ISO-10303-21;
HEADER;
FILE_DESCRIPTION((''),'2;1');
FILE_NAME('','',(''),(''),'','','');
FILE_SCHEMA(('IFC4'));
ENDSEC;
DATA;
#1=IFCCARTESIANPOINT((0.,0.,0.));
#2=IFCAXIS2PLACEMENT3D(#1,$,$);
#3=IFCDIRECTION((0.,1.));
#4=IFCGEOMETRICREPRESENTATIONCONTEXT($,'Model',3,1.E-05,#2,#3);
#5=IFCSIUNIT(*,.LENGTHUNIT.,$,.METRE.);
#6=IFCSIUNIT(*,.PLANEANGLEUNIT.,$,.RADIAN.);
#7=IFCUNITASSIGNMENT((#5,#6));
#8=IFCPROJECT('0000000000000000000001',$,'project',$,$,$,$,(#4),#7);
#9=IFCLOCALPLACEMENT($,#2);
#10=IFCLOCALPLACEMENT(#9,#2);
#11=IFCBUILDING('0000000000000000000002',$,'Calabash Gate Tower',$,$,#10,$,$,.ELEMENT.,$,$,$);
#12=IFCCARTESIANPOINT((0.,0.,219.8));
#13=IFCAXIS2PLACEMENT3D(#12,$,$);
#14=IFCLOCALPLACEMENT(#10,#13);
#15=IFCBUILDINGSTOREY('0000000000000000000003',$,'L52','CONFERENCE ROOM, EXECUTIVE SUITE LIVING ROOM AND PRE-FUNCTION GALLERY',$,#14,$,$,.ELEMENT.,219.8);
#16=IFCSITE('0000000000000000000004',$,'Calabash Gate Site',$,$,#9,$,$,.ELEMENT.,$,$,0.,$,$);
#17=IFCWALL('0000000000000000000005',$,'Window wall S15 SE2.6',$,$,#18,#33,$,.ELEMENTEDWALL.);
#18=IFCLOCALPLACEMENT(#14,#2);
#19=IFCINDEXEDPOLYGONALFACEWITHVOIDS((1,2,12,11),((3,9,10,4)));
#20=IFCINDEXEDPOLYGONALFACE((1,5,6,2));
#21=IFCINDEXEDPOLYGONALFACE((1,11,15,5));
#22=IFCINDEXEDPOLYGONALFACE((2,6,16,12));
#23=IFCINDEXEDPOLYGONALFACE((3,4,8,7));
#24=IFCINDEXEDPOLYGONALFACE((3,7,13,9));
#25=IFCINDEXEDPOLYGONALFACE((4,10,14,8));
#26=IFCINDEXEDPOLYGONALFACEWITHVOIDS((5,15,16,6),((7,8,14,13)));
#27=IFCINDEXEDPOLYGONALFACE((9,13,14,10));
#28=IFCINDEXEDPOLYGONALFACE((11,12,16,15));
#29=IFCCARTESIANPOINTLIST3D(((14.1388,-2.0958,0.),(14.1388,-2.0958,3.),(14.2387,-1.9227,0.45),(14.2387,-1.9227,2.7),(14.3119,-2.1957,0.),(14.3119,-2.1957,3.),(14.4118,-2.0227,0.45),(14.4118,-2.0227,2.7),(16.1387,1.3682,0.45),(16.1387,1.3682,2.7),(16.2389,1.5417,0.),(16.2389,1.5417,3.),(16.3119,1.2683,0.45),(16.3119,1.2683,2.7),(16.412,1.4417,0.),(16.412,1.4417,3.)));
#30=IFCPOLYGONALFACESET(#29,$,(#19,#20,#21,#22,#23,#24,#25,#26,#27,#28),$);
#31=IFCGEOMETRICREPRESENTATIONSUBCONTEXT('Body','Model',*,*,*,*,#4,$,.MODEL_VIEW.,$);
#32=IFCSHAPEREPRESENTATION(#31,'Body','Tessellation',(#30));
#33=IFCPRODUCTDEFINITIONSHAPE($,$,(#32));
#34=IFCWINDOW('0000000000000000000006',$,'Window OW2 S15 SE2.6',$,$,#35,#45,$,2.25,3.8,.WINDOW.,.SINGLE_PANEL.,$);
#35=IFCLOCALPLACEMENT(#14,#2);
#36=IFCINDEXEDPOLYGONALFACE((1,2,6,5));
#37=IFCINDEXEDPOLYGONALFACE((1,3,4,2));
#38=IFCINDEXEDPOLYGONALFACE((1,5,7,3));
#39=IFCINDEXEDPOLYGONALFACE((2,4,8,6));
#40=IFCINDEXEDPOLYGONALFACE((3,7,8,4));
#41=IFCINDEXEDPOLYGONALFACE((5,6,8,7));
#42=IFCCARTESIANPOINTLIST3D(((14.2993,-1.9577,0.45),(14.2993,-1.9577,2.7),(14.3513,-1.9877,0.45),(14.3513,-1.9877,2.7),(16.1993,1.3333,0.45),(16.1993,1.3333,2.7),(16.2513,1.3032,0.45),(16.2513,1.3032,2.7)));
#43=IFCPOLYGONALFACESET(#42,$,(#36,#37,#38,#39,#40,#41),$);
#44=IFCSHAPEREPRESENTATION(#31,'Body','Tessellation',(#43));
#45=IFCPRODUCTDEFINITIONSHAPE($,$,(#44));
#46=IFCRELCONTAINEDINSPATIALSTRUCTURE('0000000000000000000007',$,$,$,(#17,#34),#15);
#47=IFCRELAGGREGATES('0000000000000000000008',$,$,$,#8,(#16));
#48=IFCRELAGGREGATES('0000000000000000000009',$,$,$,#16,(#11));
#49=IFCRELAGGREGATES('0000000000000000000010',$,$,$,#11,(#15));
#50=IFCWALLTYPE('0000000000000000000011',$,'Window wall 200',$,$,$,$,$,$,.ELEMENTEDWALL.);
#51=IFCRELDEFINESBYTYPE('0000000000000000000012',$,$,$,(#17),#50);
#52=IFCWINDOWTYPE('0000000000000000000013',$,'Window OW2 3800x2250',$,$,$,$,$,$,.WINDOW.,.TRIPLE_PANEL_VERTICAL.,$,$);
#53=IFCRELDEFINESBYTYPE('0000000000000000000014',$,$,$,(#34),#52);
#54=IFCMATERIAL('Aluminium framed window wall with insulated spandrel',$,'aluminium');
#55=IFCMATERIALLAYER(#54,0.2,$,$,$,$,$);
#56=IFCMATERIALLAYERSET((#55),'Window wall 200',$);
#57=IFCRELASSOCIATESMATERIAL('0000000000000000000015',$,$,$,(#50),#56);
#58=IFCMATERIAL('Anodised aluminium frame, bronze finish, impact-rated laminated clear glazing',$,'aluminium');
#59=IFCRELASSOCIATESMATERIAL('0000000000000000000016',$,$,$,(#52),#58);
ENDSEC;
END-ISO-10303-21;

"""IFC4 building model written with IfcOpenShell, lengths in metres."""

from ifc_helpers import new_model, si_unit, direction, frame, frame_2d, origin, place, context, subcontext, project, spatial, rectangle, extrude, material, layer, layer_set, type_object, element, fill, save


model = new_model("IFC4")

# Units and contexts
model_context = context("Model", 3, precision=1e-05, world=origin(), true_north=direction((0.0, 1.0)))
body_context = subcontext(model_context, "Body", "Model", "MODEL_VIEW")
ifc_project = project(units=[si_unit("LENGTHUNIT", "METRE"), si_unit("PLANEANGLEUNIT", "RADIAN")], contexts=[model_context])

# Site, building, storey
site_placement = place(None, origin())
site = spatial("IfcSite", under=ifc_project, at=site_placement, Name="Calabash Gate Site", CompositionType="ELEMENT", RefElevation=0.0)
building_placement = place(site_placement, origin())
building = spatial("IfcBuilding", under=site, at=building_placement, Name="Calabash Gate Tower", CompositionType="ELEMENT")
storey_placement = place(building_placement, frame((0.0, 0.0, 219.8)))
storey = spatial("IfcBuildingStorey", under=building, at=storey_placement, Name="L52", Description="CONFERENCE ROOM, EXECUTIVE SUITE LIVING ROOM AND PRE-FUNCTION GALLERY", CompositionType="ELEMENT", Elevation=219.8)

# Shared definitions
ifc_material_1 = material(Name="Aluminium framed window wall with insulated spandrel", Category="aluminium")
ifc_layer_1 = layer(ifc_material_1, 0.2)
ifc_layer_set_1 = layer_set([ifc_layer_1], Name="Window wall 200")
wall_type_1 = type_object("IfcWallType", Name="Window wall 200", PredefinedType="ELEMENTEDWALL", material=ifc_layer_set_1)

# Wall, opening, window
wall_1_placement = place(storey_placement, frame((14.2253, -2.1458, 0.0), z_axis=(0.0, 0.0, 1.0), x_axis=(0.500003, 0.866024, 0.0)))
wall_1 = element("IfcWall", 1, at=wall_1_placement, inside=storey, type_object=wall_type_1, Name="Window wall S15 SE2.6", PredefinedType="ELEMENTEDWALL", context=body_context, shape_type="SweptSolid", body=[
    extrude(rectangle(XDim=4.2002, YDim=0.2, at=frame_2d((2.1001, 0.0))), origin(), (0.0, 0.0, 1.0), 3.0),
])
opening_1_placement = place(wall_1_placement, frame((0.2, 0.0, 0.45)))
opening_1 = element("IfcOpeningElement", 2, at=opening_1_placement, cuts=wall_1, PredefinedType="OPENING", context=body_context, shape_type="SweptSolid", body=[
    extrude(rectangle(XDim=3.8, YDim=2.25, at=frame_2d((1.8999, 1.125))), frame((0.0, 0.1099, 0.0), z_axis=(0.0, -1.0, 0.0), x_axis=(1.0, 0.0, 0.0)), (0.0, 0.0, 1.0), 0.22),
])
ifc_material_2 = material(Name="Anodised aluminium frame, bronze finish, impact-rated laminated clear glazing", Category="aluminium")
window_type = type_object("IfcWindowType", Name="Window OW2 3800x2250", PartitioningType="TRIPLE_PANEL_VERTICAL", PredefinedType="WINDOW", material=ifc_material_2)
window_placement = place(opening_1_placement, origin())
window = element("IfcWindow", 3, at=window_placement, inside=storey, type_object=window_type, Name="Window OW2 S15 SE2.6", OverallHeight=2.25, OverallWidth=3.8, PartitioningType="SINGLE_PANEL", PredefinedType="WINDOW", context=body_context, shape_type="SweptSolid", body=[
    extrude(rectangle(XDim=3.8, YDim=2.25, at=frame_2d((1.8999, 1.125))), frame((0.0, 0.03, 0.0), z_axis=(0.0, -1.0, 0.0), x_axis=(1.0, 0.0, 0.0)), (0.0, 0.0, 1.0), 0.0601),
])
fill(opening_1, window)

save(model, "model.ifc")
